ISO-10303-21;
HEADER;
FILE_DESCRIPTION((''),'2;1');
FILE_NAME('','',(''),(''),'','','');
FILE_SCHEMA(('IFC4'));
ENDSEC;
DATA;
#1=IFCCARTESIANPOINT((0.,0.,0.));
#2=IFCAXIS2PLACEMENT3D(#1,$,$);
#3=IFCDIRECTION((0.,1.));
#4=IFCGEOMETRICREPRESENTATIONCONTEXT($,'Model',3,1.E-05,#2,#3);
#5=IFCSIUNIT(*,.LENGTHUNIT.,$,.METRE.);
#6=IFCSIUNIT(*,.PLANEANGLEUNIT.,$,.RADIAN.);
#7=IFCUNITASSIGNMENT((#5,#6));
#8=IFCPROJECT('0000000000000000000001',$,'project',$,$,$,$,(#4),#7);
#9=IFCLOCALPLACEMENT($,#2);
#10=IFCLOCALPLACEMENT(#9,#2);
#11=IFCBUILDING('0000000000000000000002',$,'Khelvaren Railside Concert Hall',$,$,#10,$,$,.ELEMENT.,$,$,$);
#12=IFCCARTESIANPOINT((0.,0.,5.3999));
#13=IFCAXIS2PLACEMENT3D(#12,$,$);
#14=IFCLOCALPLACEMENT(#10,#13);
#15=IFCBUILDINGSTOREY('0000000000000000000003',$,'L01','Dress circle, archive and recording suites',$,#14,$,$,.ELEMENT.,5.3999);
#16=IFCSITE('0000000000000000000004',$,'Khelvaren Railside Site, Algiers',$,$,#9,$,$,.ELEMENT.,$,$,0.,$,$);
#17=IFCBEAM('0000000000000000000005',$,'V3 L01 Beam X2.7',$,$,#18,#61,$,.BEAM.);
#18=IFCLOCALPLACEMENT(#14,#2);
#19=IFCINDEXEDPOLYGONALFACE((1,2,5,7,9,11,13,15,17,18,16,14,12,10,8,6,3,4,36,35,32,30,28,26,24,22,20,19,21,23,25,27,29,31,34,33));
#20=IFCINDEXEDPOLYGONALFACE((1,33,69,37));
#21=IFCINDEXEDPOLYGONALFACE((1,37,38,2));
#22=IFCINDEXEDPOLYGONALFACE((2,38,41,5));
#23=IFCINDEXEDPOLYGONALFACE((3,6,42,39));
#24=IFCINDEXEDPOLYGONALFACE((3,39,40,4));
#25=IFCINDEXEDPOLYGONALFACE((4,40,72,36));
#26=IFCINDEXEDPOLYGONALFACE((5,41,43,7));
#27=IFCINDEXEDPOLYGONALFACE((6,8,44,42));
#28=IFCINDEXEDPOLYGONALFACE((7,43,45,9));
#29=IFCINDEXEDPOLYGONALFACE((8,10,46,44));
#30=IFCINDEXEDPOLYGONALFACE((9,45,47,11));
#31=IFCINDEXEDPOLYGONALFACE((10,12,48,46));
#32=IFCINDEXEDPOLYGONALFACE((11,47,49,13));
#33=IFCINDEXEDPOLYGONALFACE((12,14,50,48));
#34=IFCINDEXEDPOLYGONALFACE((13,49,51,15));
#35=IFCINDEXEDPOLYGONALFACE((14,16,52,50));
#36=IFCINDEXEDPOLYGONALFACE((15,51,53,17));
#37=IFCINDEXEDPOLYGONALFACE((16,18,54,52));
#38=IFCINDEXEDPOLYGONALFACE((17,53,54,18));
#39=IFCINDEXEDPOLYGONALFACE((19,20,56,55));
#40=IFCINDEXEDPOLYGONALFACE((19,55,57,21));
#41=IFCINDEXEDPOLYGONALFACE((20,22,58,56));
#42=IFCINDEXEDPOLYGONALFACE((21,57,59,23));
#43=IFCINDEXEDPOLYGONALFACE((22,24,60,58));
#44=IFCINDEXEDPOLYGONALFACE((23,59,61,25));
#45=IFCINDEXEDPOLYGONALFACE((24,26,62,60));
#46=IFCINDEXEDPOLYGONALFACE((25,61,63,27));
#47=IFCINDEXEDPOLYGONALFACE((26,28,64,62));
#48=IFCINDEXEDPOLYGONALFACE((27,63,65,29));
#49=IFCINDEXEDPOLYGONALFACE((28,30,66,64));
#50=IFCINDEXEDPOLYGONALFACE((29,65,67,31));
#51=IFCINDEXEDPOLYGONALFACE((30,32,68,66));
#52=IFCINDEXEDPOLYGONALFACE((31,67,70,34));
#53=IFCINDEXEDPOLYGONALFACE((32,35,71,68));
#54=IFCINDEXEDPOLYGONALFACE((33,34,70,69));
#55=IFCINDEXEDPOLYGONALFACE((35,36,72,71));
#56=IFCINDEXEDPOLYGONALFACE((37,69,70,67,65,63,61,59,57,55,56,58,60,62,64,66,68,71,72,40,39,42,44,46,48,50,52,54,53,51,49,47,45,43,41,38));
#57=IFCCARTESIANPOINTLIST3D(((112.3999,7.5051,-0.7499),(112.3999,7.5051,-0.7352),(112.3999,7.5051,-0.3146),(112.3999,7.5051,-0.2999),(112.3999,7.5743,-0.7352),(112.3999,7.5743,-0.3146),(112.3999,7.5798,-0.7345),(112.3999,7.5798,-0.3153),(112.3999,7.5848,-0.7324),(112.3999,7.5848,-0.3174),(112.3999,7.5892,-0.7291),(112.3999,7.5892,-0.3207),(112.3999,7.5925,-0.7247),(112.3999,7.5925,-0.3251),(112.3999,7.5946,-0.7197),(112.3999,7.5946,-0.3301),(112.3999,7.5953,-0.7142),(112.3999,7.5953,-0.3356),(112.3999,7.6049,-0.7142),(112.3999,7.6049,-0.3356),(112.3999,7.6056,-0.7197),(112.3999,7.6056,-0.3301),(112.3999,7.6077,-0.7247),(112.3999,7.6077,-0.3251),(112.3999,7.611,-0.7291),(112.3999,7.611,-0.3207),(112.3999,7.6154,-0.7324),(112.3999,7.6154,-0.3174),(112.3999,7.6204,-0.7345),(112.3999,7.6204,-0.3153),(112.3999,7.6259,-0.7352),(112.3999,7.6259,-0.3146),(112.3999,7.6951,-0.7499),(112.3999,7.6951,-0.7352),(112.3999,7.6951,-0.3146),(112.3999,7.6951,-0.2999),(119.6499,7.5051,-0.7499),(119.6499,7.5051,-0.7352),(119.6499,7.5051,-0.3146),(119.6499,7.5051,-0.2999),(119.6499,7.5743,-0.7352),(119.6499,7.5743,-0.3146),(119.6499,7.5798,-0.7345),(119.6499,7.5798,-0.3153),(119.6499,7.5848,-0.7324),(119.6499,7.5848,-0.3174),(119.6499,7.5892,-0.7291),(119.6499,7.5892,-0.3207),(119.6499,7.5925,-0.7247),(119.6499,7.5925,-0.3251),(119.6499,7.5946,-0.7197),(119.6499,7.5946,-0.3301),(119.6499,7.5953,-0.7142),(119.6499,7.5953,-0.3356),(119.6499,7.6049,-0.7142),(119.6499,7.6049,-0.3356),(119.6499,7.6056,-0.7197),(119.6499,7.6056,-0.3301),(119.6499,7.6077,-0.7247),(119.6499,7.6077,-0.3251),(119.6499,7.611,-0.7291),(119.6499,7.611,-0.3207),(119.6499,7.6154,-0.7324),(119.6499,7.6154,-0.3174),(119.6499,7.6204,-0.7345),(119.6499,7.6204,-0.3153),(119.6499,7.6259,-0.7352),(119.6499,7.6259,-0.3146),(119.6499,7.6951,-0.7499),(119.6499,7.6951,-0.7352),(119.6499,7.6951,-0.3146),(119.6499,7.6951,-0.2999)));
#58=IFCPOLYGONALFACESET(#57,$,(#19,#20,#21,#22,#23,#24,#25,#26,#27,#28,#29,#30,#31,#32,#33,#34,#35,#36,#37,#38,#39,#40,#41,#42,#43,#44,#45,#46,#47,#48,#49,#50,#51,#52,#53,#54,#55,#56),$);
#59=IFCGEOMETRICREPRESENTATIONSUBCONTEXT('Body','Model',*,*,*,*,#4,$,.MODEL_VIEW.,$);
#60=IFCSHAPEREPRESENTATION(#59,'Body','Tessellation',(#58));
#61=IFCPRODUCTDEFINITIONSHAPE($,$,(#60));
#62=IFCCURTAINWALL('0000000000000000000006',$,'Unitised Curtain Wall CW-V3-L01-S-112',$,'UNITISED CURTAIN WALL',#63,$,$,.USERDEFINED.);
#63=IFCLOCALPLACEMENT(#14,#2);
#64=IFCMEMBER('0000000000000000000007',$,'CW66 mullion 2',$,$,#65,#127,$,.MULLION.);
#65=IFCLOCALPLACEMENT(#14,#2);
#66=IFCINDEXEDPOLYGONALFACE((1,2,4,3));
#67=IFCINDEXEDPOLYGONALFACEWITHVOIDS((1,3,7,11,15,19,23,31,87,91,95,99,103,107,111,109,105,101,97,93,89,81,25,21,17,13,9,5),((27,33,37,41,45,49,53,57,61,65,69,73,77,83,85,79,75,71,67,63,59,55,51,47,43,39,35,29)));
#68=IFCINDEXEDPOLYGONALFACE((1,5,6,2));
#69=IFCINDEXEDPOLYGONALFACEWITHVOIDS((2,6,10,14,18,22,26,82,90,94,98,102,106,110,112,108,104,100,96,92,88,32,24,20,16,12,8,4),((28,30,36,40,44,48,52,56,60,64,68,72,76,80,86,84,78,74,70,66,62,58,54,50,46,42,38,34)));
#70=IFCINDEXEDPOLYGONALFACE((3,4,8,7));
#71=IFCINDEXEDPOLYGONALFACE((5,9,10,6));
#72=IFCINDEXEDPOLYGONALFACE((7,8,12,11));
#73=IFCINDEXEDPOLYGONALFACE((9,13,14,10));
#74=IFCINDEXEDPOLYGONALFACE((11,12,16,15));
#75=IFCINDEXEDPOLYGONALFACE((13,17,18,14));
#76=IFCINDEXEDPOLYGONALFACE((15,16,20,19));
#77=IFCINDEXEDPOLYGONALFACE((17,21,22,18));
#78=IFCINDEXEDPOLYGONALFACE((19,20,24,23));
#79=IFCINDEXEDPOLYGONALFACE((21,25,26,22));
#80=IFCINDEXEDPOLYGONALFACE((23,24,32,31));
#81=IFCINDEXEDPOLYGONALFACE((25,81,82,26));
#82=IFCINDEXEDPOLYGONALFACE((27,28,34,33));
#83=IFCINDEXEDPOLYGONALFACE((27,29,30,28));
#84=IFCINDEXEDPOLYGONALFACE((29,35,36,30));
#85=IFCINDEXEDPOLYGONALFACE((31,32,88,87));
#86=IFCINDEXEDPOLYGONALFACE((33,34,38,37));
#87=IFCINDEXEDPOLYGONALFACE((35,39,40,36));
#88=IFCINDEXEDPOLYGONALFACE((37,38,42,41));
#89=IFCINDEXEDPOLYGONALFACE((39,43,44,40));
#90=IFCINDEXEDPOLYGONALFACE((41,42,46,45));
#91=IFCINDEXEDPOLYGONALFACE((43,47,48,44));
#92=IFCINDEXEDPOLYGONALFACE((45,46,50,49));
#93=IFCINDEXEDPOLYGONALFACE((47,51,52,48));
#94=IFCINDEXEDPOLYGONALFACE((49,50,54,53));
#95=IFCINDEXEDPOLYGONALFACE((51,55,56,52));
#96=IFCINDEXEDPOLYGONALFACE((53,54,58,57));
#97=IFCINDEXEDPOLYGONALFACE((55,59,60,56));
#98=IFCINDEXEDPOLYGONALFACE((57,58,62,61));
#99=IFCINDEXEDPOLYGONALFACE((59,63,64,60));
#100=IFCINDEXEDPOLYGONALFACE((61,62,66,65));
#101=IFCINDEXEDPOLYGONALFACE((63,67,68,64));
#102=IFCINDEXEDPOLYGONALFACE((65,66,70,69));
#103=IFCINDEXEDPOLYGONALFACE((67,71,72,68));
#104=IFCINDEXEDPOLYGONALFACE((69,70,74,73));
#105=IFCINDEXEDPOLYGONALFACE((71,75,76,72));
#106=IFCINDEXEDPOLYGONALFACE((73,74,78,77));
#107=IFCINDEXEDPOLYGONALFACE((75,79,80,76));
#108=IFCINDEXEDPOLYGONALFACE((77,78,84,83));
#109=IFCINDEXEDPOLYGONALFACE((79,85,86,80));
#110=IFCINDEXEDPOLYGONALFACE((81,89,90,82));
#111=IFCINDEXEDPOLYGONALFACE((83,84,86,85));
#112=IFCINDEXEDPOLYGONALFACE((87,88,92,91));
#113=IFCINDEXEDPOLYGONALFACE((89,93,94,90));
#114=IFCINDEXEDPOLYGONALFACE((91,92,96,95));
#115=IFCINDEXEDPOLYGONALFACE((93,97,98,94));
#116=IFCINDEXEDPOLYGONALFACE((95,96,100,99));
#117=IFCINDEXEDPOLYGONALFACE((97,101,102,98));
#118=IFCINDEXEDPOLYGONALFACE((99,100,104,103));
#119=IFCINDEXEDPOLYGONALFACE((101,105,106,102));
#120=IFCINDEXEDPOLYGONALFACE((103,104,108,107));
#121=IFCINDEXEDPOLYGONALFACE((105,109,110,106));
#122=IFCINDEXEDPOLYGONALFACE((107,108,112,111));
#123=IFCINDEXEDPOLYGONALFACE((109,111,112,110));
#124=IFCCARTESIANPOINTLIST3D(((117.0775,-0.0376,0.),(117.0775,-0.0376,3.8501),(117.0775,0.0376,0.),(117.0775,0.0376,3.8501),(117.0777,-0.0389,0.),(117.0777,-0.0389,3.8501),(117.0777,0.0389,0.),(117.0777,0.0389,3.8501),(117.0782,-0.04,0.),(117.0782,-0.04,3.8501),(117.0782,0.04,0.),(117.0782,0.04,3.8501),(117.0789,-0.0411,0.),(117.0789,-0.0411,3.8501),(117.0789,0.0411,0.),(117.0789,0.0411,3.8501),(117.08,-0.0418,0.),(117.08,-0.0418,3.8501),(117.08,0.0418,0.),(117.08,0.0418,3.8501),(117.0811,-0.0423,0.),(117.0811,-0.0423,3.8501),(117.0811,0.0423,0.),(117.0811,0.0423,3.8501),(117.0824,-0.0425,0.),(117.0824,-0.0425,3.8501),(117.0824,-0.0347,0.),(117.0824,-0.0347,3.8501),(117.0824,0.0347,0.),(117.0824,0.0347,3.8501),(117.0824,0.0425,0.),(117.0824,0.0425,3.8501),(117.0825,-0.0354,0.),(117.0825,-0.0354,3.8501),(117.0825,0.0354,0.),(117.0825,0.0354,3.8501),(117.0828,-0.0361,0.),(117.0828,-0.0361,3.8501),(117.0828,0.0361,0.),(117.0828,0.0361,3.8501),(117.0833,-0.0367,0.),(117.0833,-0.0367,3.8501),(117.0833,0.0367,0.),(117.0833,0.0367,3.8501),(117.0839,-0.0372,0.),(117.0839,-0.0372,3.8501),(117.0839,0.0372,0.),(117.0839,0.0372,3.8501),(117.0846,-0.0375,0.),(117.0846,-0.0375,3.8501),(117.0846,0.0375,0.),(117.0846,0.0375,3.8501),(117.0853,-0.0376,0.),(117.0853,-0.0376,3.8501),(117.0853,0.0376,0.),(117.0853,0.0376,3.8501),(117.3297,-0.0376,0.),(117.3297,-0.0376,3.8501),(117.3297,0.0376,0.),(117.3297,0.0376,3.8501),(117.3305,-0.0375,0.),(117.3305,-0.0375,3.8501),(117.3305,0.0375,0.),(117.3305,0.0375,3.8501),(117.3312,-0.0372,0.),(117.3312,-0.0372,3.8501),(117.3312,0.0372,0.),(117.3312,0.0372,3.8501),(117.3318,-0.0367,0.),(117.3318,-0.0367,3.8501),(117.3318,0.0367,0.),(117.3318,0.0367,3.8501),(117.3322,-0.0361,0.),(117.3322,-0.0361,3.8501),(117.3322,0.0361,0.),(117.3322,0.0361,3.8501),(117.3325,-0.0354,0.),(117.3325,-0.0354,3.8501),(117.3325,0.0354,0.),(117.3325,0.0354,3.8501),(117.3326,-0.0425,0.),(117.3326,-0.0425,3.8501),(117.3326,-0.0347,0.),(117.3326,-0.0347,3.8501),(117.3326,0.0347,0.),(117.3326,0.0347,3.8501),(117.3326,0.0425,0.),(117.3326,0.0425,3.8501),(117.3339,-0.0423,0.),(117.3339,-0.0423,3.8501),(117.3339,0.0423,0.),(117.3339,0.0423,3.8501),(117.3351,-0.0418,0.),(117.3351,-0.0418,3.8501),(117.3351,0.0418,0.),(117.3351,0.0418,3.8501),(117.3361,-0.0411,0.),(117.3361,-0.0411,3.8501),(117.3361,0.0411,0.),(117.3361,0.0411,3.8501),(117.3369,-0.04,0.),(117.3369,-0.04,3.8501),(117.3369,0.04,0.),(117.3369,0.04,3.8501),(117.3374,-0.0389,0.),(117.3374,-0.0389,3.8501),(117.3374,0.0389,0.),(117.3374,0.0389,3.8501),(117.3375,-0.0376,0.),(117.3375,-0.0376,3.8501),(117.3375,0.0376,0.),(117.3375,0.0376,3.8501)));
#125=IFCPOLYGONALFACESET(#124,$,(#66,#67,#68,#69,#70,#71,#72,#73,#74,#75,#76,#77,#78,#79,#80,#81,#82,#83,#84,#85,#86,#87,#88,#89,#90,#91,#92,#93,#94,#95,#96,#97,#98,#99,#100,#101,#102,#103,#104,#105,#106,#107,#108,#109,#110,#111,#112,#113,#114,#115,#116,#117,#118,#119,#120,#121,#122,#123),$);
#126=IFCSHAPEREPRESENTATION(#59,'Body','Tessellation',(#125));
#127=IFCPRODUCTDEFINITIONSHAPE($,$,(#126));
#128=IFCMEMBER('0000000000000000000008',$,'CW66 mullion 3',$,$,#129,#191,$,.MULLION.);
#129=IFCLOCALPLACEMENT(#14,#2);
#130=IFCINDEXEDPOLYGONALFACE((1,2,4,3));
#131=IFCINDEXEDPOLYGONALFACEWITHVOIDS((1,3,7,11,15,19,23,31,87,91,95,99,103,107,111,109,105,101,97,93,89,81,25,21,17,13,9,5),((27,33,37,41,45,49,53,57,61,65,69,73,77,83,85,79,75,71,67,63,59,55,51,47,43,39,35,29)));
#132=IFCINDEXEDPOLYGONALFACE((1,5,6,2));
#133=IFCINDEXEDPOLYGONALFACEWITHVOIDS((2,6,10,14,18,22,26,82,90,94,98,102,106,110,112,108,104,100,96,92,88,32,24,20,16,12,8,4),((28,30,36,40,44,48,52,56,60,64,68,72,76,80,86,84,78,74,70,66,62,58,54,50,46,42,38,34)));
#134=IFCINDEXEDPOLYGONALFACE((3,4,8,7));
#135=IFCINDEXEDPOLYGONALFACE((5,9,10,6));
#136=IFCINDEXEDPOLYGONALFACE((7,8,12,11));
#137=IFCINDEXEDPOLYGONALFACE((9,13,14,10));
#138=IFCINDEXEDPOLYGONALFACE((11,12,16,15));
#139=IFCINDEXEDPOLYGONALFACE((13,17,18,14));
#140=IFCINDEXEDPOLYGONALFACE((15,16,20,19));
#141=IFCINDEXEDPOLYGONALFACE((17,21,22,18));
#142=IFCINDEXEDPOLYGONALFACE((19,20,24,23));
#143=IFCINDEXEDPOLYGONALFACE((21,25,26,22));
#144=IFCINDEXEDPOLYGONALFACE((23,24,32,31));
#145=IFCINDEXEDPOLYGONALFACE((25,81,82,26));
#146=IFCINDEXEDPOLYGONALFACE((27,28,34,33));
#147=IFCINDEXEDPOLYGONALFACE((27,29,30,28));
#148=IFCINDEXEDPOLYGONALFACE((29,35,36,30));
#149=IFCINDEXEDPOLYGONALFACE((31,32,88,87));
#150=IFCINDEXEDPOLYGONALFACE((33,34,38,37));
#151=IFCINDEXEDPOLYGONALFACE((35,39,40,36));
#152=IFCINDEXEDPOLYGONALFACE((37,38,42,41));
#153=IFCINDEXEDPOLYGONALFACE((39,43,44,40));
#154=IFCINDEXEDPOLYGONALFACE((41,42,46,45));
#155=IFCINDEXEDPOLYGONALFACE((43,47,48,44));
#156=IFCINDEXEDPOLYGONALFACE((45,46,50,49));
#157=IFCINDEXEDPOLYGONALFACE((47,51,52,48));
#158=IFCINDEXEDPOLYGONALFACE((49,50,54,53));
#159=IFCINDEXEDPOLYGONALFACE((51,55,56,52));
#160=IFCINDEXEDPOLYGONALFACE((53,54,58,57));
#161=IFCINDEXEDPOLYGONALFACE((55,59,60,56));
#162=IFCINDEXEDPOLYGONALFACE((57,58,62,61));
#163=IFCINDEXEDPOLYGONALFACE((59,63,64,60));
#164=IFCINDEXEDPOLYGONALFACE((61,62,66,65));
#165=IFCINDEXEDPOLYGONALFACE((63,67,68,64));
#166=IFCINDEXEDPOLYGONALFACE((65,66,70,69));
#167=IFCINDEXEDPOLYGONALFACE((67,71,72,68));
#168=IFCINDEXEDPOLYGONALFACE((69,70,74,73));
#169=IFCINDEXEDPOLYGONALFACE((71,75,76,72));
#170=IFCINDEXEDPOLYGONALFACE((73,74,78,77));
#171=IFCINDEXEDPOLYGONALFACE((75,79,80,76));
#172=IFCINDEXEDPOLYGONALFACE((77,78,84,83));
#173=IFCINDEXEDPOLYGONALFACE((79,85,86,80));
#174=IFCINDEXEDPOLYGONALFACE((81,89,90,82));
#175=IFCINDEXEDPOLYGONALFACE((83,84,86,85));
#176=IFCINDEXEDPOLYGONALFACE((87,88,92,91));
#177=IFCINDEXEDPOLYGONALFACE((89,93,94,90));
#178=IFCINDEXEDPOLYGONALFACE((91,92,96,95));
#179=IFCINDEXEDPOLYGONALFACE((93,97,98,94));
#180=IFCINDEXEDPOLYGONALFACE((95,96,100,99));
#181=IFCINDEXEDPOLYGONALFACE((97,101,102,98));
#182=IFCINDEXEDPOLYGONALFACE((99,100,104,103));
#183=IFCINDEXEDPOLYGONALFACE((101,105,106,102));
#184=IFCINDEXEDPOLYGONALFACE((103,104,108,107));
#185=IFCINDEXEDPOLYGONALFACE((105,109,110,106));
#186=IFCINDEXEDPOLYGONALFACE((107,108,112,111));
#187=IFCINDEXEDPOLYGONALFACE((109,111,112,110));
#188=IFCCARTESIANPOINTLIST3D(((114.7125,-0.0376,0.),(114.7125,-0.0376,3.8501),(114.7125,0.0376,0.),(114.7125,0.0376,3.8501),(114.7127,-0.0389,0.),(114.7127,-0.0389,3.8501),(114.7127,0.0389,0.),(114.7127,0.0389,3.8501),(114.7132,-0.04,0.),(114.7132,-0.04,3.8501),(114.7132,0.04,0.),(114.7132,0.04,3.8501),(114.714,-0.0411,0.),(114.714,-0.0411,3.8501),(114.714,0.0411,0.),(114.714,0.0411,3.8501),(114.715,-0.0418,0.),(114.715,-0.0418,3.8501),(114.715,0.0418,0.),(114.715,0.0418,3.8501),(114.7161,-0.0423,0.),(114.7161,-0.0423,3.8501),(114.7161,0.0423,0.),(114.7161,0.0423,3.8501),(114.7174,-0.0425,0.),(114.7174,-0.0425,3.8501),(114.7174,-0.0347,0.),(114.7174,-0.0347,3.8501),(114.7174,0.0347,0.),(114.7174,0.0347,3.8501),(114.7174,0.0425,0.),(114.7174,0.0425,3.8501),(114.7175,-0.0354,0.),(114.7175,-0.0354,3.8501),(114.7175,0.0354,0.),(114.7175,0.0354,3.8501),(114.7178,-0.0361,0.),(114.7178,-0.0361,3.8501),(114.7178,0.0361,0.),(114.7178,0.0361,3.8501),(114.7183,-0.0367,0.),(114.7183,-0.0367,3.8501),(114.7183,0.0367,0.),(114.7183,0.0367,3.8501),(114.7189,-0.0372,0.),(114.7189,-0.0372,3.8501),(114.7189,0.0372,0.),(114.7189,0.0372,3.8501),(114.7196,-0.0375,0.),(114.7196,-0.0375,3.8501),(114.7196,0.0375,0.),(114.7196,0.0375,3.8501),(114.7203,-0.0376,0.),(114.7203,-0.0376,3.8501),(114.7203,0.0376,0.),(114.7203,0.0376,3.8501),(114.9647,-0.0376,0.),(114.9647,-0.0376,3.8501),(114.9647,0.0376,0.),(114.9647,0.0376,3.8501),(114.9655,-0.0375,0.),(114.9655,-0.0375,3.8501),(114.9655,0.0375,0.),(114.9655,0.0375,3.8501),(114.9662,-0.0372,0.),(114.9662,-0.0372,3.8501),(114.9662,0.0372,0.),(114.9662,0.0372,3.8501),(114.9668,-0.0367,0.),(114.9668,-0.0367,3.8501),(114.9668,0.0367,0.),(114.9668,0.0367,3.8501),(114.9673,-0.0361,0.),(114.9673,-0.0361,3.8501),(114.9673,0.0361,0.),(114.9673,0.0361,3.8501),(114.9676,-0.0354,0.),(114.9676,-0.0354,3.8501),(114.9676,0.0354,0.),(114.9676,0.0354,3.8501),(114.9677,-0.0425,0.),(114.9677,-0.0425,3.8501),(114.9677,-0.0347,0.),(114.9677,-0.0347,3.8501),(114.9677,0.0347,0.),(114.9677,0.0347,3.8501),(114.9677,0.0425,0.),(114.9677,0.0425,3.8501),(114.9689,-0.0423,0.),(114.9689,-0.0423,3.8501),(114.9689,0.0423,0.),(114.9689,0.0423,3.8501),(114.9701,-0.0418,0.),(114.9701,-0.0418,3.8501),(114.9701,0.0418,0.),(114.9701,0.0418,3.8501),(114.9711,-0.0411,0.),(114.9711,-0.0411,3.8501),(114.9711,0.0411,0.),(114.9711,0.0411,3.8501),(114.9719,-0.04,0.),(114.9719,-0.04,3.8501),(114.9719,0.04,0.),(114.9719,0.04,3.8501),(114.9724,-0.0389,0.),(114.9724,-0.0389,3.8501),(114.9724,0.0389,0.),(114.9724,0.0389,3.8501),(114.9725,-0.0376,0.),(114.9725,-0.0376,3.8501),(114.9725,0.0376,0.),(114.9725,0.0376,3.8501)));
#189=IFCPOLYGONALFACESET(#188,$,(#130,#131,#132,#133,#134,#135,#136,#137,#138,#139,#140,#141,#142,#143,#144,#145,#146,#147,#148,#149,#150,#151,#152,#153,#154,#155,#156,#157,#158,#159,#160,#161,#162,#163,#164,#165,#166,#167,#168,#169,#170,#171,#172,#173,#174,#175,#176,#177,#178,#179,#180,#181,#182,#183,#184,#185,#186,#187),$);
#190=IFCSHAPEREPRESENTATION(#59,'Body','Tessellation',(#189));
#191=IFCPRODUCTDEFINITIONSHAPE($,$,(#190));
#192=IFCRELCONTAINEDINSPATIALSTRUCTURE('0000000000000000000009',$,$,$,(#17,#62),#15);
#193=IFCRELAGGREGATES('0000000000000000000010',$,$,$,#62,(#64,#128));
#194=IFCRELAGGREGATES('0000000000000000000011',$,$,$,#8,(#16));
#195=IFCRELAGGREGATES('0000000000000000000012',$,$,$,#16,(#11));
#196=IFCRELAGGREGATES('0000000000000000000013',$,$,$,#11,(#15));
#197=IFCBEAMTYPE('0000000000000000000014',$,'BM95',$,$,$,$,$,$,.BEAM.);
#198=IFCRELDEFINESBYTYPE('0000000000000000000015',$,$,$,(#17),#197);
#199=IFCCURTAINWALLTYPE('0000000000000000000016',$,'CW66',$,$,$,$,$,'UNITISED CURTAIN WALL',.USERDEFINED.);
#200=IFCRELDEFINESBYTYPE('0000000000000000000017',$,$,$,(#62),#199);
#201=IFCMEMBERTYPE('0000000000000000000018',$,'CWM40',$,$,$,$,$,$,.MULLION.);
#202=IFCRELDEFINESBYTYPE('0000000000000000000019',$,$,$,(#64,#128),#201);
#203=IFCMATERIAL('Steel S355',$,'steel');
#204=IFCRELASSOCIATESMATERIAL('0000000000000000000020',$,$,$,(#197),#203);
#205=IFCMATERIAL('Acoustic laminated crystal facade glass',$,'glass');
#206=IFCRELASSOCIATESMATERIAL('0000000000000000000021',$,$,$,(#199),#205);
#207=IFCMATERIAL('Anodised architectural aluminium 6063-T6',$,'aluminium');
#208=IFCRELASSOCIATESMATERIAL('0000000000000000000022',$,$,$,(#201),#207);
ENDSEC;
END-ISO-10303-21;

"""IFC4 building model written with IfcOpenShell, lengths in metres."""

from ifc_helpers import new_model, si_unit, direction, frame, origin, origin_2d, place, context, subcontext, project, spatial, hollow_rectangle, i_section, extrude, material, material_profile, profile_set, type_object, element, aggregate, save


model = new_model("IFC4")

# Units and contexts
model_context = context("Model", 3, precision=1e-05, world=origin(), true_north=direction((0.0, 1.0)))
body_context = subcontext(model_context, "Body", "Model", "MODEL_VIEW")
ifc_project = project(units=[si_unit("LENGTHUNIT", "METRE"), si_unit("PLANEANGLEUNIT", "RADIAN")], contexts=[model_context])

# Site, building, storey
site_placement = place(None, origin())
site = spatial("IfcSite", under=ifc_project, at=site_placement, Name="Khelvaren Railside Site, Algiers", CompositionType="ELEMENT", RefElevation=0.0)
building_placement = place(site_placement, origin())
building = spatial("IfcBuilding", under=site, at=building_placement, Name="Khelvaren Railside Concert Hall", CompositionType="ELEMENT")
storey_placement = place(building_placement, frame((0.0, 0.0, 5.3999)))
storey = spatial("IfcBuildingStorey", under=building, at=storey_placement, Name="L01", Description="Dress circle, archive and recording suites", CompositionType="ELEMENT", Elevation=5.3999)

# Beam
ifc_material_1 = material(Name="Steel S355", Category="steel")
ifc_material_profile_1 = material_profile(ifc_material_1, i_section(OverallWidth=0.1899, OverallDepth=0.45, WebThickness=0.0095, FlangeThickness=0.0146, FilletRadius=0.021, at=origin_2d()), Name="IPE 450")
ifc_profile_set_1 = profile_set([ifc_material_profile_1], Name="Steel S355")
beam_type_1 = type_object("IfcBeamType", Name="BM95", PredefinedType="BEAM", material=ifc_profile_set_1)
beam_1_placement = place(storey_placement, frame((112.3999, 7.6001, -0.5249), z_axis=(1.0, 0.0, 0.0), x_axis=(0.0, 1.0, 0.0)))
element("IfcBeam", 1, at=beam_1_placement, inside=storey, type_object=beam_type_1, Name="V3 L01 Beam X2.7", PredefinedType="BEAM", context=body_context, shape_type="SweptSolid", body=[
    extrude(i_section(OverallWidth=0.1899, OverallDepth=0.45, WebThickness=0.0095, FlangeThickness=0.0146, FilletRadius=0.021, at=origin_2d()), origin(), (0.0, 0.0, 1.0), 7.25),
])

# Curtain wall, members
ifc_material_2 = material(Name="Acoustic laminated crystal facade glass", Category="glass")
curtain_wall_type = type_object("IfcCurtainWallType", Name="CW66", ElementType="UNITISED CURTAIN WALL", PredefinedType="USERDEFINED", material=ifc_material_2)
curtain_wall_placement = place(storey_placement, origin())
curtain_wall = element("IfcCurtainWall", 2, at=curtain_wall_placement, inside=storey, type_object=curtain_wall_type, Name="Unitised Curtain Wall CW-V3-L01-S-112", ObjectType="UNITISED CURTAIN WALL", PredefinedType="USERDEFINED")
ifc_material_3 = material(Name="Anodised architectural aluminium 6063-T6", Category="aluminium")
ifc_material_profile_2 = material_profile(ifc_material_3, hollow_rectangle(XDim=0.085, YDim=0.26, WallThickness=0.0049, InnerFilletRadius=0.0029, OuterFilletRadius=0.0049, at=origin_2d()), Name="CWM 85x260x5")
ifc_profile_set_2 = profile_set([ifc_material_profile_2], Name="Anodised architectural aluminium 6063-T6")
member_type_1 = type_object("IfcMemberType", Name="CWM40", PredefinedType="MULLION", material=ifc_profile_set_2)
member_1_placement = place(storey_placement, frame((117.2075, 0.0, 0.0), z_axis=(0.0, 0.0, 1.0), x_axis=(0.0, -1.0, 0.0)))
member_1 = element("IfcMember", 3, at=member_1_placement, type_object=member_type_1, Name="CW66 mullion 2", PredefinedType="MULLION", context=body_context, shape_type="SweptSolid", body=[
    extrude(hollow_rectangle(XDim=0.085, YDim=0.26, WallThickness=0.0049, InnerFilletRadius=0.0029, OuterFilletRadius=0.0049, at=origin_2d()), origin(), (0.0, 0.0, 1.0), 3.8501),
])
member_2_placement = place(storey_placement, frame((114.8425, 0.0, 0.0), z_axis=(0.0, 0.0, 1.0), x_axis=(0.0, -1.0, 0.0)))
member_2 = element("IfcMember", 4, at=member_2_placement, type_object=member_type_1, Name="CW66 mullion 3", PredefinedType="MULLION", context=body_context, shape_type="SweptSolid", body=[
    extrude(hollow_rectangle(XDim=0.085, YDim=0.26, WallThickness=0.0049, InnerFilletRadius=0.0029, OuterFilletRadius=0.0049, at=origin_2d()), origin(), (0.0, 0.0, 1.0), 3.8501),
])

aggregate(curtain_wall, [member_1, member_2])

save(model, "model.ifc")
